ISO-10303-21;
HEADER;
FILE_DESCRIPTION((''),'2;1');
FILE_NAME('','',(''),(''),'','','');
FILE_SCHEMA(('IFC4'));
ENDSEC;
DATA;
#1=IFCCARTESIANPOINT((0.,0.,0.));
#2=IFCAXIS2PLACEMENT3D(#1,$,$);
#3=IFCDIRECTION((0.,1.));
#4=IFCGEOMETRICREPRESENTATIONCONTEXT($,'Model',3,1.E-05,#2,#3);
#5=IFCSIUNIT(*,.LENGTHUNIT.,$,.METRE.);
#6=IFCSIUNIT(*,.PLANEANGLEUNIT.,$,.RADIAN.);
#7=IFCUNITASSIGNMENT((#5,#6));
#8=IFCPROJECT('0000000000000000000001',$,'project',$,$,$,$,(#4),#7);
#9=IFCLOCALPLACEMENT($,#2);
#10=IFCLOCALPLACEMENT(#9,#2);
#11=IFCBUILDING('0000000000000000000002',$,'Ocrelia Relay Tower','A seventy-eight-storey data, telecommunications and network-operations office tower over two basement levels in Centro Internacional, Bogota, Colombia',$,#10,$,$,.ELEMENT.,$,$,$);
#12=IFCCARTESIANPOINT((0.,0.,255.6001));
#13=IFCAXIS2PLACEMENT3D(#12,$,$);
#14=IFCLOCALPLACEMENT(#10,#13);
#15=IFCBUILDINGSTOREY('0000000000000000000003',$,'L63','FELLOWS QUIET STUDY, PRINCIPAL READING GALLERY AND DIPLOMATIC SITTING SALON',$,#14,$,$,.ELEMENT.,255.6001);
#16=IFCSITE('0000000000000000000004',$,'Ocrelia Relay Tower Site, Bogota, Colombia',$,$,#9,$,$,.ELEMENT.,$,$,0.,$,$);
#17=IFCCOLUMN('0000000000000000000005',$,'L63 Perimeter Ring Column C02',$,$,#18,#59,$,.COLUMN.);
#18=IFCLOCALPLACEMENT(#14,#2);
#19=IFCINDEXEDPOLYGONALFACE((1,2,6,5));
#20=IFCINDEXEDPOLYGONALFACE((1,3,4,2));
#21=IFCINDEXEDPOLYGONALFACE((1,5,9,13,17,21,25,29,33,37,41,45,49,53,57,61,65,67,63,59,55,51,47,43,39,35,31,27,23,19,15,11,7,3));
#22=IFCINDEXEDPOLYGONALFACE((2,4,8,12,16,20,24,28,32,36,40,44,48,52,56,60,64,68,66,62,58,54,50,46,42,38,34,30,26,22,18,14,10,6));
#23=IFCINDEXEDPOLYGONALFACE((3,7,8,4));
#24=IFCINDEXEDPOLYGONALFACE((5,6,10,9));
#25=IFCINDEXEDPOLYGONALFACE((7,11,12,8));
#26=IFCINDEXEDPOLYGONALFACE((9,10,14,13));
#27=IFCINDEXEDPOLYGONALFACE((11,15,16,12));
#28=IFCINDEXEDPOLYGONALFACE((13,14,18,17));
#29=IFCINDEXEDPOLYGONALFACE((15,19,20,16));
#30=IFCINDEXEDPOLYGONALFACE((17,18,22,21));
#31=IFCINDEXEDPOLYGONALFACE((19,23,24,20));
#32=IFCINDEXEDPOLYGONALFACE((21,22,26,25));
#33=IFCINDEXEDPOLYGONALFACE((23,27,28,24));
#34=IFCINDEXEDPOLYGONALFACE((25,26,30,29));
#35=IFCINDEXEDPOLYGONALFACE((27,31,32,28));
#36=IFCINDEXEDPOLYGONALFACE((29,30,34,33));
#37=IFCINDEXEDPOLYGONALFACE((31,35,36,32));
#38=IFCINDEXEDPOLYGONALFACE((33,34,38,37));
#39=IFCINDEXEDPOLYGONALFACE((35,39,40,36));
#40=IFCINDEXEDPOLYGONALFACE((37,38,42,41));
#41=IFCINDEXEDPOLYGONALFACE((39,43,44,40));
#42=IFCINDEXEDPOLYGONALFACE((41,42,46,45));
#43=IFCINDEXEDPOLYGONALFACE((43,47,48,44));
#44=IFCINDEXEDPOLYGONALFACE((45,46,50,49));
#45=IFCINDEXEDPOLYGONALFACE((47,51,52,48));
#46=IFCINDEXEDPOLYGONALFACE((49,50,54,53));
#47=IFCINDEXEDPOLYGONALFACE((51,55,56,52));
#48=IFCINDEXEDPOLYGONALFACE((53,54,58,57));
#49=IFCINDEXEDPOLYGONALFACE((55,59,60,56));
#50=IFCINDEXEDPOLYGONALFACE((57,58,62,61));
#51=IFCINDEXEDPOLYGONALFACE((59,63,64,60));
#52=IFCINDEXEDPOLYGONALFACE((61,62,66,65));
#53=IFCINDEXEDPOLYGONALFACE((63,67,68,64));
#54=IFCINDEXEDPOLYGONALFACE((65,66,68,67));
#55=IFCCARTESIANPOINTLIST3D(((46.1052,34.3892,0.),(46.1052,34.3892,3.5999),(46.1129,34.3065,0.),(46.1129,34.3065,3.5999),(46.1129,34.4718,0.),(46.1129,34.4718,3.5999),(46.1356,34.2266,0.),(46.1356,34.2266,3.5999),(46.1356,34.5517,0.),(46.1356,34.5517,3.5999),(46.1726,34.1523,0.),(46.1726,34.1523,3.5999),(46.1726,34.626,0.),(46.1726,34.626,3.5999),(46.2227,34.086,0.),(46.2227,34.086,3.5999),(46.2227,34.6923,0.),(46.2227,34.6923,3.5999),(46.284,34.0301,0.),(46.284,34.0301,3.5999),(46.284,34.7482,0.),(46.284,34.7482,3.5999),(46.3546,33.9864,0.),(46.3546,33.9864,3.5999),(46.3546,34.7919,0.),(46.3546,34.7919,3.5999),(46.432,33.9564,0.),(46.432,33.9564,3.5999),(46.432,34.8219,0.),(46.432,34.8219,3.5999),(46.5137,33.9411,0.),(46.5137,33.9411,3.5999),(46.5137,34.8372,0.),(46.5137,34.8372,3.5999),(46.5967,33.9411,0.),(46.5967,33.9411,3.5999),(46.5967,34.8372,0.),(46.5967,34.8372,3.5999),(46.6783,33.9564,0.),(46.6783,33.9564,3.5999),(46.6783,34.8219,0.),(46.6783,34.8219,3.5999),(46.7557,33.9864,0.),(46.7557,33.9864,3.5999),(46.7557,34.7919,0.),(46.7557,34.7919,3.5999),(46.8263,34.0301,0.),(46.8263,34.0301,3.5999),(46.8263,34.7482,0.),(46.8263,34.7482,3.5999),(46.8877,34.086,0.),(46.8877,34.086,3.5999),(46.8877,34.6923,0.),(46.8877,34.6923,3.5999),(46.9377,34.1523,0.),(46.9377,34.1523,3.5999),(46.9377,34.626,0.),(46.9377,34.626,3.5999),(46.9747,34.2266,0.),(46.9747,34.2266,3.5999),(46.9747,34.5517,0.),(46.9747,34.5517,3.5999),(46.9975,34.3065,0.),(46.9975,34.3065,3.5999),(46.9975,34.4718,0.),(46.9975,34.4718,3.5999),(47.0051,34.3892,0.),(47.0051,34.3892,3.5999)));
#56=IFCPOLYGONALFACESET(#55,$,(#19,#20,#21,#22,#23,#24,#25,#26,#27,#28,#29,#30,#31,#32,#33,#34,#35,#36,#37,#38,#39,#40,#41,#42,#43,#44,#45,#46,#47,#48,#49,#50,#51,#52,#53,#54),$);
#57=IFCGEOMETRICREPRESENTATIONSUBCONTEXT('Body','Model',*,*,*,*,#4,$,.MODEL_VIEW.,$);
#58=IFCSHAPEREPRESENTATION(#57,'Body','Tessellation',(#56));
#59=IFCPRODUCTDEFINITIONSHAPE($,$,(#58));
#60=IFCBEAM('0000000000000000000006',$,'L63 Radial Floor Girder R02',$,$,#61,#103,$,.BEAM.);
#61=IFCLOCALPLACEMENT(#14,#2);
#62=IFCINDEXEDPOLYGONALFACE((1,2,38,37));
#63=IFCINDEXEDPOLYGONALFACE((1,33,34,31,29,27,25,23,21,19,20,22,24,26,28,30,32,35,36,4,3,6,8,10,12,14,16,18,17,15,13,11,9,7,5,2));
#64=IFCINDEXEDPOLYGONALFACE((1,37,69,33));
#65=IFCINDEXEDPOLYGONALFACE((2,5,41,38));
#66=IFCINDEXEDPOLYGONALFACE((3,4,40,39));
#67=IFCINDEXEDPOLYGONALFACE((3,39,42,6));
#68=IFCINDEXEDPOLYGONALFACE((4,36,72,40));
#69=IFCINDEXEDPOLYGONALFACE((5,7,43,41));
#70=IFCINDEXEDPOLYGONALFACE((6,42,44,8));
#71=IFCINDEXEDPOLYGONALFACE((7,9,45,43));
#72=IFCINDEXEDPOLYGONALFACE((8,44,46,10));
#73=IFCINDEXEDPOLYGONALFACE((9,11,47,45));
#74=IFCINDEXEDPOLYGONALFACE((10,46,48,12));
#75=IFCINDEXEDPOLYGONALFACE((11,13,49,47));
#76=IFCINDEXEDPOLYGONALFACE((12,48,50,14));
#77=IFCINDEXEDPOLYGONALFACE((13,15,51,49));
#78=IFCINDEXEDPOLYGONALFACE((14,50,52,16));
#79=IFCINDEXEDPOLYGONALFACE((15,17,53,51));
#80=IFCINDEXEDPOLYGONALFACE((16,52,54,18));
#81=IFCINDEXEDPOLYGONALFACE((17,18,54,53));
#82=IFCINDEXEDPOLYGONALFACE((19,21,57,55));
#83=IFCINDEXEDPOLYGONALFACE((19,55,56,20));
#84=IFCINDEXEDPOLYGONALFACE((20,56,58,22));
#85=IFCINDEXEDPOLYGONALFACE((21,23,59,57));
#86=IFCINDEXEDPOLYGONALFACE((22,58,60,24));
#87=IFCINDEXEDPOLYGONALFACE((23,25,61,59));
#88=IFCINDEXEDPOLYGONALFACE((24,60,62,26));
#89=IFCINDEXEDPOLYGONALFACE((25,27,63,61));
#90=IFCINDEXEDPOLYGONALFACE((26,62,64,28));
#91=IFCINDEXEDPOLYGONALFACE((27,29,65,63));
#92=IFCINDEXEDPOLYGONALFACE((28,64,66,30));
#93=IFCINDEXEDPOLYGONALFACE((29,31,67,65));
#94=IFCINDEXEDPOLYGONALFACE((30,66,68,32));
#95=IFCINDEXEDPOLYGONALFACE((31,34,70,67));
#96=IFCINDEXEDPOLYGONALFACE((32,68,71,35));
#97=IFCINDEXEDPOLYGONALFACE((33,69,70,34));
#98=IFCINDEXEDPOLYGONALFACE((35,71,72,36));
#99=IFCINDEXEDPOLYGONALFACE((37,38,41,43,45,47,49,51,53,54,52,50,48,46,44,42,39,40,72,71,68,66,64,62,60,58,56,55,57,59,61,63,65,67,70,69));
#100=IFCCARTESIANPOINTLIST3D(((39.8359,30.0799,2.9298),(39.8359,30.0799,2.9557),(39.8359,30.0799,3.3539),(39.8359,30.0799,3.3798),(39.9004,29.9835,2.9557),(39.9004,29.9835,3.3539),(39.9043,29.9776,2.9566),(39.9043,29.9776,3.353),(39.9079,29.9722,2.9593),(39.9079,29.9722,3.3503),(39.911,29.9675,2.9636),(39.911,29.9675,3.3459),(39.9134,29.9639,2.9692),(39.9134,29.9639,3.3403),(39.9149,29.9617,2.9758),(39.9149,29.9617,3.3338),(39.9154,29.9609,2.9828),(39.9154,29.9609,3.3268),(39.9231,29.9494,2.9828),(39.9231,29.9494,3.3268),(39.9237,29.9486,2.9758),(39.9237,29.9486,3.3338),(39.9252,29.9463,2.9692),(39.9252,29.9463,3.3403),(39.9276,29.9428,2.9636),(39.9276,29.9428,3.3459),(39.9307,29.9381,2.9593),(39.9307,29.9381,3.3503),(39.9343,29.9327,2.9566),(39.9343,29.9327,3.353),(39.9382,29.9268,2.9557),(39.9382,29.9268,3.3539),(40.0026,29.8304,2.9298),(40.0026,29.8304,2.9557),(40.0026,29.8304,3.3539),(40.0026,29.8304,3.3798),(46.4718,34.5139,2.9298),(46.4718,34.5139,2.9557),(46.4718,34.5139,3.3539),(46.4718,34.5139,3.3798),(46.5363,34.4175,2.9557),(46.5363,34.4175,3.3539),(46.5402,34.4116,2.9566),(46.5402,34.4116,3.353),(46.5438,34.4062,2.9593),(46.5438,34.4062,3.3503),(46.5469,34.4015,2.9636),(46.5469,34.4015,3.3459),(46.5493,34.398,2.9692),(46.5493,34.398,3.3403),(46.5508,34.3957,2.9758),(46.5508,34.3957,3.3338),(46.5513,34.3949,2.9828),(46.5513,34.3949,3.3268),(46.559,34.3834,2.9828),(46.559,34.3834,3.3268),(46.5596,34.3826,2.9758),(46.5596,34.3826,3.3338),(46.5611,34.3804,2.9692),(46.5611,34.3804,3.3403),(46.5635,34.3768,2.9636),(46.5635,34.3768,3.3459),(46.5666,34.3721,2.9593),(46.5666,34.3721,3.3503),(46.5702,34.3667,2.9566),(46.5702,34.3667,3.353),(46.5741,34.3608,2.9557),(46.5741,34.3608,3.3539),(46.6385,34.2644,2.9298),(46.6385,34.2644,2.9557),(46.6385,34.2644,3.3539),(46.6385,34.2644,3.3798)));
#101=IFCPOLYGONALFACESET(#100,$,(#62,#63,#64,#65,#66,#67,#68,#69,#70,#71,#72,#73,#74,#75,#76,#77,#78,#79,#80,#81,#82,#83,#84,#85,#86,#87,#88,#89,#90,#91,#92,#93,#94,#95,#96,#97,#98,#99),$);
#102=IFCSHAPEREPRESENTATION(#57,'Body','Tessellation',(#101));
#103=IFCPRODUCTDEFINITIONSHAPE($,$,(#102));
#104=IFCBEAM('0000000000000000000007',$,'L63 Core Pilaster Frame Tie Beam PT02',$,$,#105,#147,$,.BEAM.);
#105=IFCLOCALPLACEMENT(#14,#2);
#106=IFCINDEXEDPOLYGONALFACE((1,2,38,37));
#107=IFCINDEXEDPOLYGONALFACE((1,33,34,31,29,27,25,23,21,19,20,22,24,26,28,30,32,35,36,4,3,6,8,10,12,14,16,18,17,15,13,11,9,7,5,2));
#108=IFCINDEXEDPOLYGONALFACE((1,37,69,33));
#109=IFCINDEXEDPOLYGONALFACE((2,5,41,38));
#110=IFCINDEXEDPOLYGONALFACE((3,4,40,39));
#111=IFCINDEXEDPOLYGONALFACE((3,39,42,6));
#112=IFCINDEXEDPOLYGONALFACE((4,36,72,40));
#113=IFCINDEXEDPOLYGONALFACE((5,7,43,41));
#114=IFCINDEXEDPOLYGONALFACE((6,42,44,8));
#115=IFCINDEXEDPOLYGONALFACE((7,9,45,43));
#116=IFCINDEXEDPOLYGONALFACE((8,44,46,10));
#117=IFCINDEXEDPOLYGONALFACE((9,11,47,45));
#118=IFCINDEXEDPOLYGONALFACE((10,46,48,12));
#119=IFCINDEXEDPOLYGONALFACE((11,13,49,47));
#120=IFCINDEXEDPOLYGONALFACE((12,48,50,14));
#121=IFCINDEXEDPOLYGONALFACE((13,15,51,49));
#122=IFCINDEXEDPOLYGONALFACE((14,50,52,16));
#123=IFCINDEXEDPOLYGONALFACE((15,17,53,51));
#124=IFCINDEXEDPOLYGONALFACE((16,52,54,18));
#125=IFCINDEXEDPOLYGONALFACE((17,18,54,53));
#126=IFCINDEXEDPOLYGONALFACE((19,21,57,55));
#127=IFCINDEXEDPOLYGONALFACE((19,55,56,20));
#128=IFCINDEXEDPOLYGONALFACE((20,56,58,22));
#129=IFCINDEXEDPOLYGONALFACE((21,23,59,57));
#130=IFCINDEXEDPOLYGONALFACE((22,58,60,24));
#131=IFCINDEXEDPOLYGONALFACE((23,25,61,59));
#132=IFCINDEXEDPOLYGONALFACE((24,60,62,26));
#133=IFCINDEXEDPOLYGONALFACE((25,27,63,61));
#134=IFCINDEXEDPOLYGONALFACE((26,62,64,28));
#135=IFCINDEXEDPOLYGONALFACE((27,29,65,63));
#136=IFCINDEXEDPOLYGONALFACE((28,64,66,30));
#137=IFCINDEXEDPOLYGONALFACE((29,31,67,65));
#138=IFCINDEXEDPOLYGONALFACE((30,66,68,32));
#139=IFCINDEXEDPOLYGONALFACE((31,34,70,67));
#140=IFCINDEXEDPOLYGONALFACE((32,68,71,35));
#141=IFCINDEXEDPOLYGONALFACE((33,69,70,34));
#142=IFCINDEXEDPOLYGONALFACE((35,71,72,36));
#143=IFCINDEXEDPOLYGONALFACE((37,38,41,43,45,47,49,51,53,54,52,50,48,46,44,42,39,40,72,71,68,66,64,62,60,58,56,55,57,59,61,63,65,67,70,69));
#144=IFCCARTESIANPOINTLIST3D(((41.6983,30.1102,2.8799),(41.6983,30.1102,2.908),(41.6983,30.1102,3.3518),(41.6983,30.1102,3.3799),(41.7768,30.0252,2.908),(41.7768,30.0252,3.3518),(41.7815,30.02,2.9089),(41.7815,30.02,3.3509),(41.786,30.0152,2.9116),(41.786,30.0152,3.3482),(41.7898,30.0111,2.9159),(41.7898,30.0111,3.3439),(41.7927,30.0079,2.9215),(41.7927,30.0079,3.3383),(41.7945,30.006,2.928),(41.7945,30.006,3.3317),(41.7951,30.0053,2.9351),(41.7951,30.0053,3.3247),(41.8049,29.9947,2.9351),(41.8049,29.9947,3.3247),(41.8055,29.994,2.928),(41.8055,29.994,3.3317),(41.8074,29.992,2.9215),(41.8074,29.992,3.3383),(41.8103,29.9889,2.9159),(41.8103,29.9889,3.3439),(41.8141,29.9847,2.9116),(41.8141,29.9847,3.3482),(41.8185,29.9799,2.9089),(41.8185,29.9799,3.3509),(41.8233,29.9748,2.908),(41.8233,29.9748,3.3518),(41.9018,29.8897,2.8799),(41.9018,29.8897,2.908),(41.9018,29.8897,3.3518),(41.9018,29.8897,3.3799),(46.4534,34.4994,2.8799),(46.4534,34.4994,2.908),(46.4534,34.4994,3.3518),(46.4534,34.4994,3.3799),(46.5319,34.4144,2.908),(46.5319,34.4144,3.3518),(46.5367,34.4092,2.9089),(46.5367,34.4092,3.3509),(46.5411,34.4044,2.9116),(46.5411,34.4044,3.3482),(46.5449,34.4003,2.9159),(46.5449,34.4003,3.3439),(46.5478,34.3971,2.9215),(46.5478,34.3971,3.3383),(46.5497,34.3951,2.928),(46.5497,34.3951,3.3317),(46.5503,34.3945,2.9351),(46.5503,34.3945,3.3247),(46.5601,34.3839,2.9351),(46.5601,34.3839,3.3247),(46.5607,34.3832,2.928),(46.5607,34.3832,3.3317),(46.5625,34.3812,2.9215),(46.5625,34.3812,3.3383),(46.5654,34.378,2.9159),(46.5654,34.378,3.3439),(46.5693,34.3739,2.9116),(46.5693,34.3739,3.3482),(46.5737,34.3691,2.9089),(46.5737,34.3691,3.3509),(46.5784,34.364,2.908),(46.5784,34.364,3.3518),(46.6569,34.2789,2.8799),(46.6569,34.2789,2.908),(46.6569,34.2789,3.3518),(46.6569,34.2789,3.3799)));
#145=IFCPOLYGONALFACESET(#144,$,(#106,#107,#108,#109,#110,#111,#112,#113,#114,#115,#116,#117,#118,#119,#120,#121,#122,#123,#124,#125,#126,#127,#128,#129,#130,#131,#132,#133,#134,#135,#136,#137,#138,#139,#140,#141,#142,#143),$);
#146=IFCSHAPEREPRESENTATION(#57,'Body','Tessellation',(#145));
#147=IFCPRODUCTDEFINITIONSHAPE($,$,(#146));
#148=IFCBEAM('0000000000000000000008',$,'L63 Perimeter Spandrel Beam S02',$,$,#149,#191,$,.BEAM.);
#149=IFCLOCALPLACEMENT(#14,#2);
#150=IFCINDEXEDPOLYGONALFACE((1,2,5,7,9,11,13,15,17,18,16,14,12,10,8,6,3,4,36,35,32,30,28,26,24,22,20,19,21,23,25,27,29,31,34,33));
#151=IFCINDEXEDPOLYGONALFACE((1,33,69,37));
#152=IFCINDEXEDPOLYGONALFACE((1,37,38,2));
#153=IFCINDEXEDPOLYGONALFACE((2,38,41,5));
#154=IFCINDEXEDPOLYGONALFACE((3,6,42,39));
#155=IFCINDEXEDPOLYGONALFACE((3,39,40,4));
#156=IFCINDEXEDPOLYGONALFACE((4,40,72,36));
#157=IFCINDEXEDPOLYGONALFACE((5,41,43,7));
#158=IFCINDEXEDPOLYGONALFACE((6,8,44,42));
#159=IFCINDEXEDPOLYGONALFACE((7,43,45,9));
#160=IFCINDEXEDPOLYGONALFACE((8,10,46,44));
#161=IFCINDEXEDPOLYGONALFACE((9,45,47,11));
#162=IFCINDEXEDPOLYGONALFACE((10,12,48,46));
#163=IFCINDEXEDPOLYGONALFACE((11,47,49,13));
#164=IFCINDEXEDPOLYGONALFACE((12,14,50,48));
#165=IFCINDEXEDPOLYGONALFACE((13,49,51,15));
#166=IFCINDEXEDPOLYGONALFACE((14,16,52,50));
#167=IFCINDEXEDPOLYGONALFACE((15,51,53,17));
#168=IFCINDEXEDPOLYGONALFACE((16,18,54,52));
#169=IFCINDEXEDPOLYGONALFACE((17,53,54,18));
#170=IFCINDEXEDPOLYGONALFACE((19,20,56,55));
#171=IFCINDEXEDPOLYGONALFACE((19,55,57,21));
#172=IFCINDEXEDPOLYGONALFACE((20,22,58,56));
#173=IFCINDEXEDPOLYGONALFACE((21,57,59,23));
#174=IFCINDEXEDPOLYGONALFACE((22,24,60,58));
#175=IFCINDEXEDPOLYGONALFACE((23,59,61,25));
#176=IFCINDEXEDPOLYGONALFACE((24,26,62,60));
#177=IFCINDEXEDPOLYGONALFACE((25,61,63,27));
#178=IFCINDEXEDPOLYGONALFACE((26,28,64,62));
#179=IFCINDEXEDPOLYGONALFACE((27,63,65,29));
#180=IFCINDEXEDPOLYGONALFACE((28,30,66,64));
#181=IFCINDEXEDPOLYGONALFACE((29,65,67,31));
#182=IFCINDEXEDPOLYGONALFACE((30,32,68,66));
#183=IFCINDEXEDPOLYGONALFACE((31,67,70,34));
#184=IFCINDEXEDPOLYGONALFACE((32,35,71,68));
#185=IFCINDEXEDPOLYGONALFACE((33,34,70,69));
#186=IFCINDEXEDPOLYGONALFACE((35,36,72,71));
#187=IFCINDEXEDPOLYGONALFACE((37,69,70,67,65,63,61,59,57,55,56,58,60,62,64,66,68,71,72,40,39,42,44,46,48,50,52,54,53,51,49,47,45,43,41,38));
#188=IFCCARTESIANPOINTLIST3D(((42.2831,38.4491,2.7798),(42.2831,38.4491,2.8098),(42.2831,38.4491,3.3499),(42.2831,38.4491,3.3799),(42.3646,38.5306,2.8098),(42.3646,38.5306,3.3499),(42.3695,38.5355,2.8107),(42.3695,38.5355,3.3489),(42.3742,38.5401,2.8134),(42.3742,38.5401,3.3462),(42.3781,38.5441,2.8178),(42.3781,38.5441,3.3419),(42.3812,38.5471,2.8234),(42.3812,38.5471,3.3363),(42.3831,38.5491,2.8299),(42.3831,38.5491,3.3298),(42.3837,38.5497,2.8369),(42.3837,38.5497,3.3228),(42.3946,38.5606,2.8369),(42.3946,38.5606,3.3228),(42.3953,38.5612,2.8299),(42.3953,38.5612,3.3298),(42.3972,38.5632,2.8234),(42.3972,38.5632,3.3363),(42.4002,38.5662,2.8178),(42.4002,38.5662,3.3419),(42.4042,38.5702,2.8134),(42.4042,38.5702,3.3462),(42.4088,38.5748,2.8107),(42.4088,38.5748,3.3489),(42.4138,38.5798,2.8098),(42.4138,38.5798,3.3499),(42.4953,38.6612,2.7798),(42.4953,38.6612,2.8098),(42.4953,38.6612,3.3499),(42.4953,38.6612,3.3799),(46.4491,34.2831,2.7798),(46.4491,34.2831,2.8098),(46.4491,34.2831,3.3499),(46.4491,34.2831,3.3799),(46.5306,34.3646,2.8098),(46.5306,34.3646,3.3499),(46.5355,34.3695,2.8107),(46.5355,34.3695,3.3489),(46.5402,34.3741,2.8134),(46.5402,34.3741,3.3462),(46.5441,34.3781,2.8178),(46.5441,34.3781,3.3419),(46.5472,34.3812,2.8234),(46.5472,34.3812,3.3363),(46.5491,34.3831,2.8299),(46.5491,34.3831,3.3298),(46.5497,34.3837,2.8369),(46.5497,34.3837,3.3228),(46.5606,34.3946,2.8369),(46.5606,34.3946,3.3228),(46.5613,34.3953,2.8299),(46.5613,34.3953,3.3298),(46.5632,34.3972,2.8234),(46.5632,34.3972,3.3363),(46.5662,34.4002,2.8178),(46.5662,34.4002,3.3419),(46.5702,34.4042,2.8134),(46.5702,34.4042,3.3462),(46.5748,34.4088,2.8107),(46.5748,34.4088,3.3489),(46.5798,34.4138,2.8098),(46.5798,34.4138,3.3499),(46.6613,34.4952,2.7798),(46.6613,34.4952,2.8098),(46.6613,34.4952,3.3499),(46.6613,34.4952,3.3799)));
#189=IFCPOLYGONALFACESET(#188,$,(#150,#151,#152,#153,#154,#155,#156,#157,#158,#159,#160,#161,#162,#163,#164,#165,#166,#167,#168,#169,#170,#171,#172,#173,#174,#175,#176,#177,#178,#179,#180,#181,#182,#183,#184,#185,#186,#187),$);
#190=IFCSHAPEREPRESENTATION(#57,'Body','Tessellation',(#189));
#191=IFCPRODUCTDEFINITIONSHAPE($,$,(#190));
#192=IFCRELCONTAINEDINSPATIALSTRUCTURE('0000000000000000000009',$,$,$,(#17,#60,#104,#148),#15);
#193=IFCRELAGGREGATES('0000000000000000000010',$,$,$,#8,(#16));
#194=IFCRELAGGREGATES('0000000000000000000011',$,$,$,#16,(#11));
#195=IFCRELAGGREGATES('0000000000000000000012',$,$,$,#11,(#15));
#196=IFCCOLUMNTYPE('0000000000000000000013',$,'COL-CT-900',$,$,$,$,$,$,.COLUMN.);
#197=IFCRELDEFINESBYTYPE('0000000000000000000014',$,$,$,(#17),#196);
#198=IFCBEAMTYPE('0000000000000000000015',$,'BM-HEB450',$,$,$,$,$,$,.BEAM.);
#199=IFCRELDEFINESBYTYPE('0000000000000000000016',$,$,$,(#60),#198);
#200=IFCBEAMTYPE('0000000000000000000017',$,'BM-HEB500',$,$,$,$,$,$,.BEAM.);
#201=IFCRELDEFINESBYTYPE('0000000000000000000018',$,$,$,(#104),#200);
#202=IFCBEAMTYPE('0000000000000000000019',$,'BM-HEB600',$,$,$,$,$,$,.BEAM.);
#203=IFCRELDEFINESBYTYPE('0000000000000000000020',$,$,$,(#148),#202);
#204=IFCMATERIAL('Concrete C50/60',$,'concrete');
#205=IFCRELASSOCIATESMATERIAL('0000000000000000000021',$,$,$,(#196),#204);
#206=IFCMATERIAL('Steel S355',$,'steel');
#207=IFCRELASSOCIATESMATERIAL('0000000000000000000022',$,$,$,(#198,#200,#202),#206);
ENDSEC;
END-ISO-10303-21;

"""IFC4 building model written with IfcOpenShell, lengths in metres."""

from ifc_helpers import new_model, si_unit, direction, frame, origin, origin_2d, place, context, subcontext, project, spatial, circle, i_section, extrude, material, material_profile, profile_set, type_object, element, save


model = new_model("IFC4")

# Units and contexts
model_context = context("Model", 3, precision=1e-05, world=origin(), true_north=direction((0.0, 1.0)))
body_context = subcontext(model_context, "Body", "Model", "MODEL_VIEW")
ifc_project = project(units=[si_unit("LENGTHUNIT", "METRE"), si_unit("PLANEANGLEUNIT", "RADIAN")], contexts=[model_context])

# Site, building, storey
site_placement = place(None, origin())
site = spatial("IfcSite", under=ifc_project, at=site_placement, Name="Ocrelia Relay Tower Site, Bogota, Colombia", CompositionType="ELEMENT", RefElevation=0.0)
building_placement = place(site_placement, origin())
building = spatial("IfcBuilding", under=site, at=building_placement, Name="Ocrelia Relay Tower", Description="A seventy-eight-storey data, telecommunications and network-operations office tower over two basement levels in Centro Internacional, Bogota, Colombia", CompositionType="ELEMENT")
storey_placement = place(building_placement, frame((0.0, 0.0, 255.6001)))
storey = spatial("IfcBuildingStorey", under=building, at=storey_placement, Name="L63", Description="FELLOWS QUIET STUDY, PRINCIPAL READING GALLERY AND DIPLOMATIC SITTING SALON", CompositionType="ELEMENT", Elevation=255.6001)

# Column
ifc_material_1 = material(Name="Concrete C50/60", Category="concrete")
ifc_material_profile_1 = material_profile(ifc_material_1, circle(Radius=0.45, at=origin_2d()), Name="RC-CIR-900")
ifc_profile_set_1 = profile_set([ifc_material_profile_1], Name="Concrete C50/60")
column_type = type_object("IfcColumnType", Name="COL-CT-900", PredefinedType="COLUMN", material=ifc_profile_set_1)
column_placement = place(storey_placement, frame((46.5552, 34.3892, 0.0), z_axis=(0.0, 0.0, 1.0), x_axis=(1.0, 0.0, 0.0)))
element("IfcColumn", 1, at=column_placement, inside=storey, type_object=column_type, Name="L63 Perimeter Ring Column C02", PredefinedType="COLUMN", context=body_context, shape_type="SweptSolid", body=[
    extrude(circle(Radius=0.45, at=origin_2d()), origin(), (0.0, 0.0, 1.0), 3.5999),
])

# Beams
ifc_material_2 = material(Name="Steel S355", Category="steel")
ifc_material_profile_2 = material_profile(ifc_material_2, i_section(OverallWidth=0.3, OverallDepth=0.45, WebThickness=0.0139, FlangeThickness=0.0259, FilletRadius=0.0271, at=origin_2d()), Name="HEB 450")
ifc_profile_set_2 = profile_set([ifc_material_profile_2], Name="Steel S355")
beam_type_1 = type_object("IfcBeamType", Name="BM-HEB450", PredefinedType="BEAM", material=ifc_profile_set_2)
beam_1_placement = place(storey_placement, frame((46.5552, 34.3892, 3.1548), z_axis=(-0.831466, -0.555575, 0.0), x_axis=(0.555575, -0.831466, 0.0)))
element("IfcBeam", 2, at=beam_1_placement, inside=storey, type_object=beam_type_1, Name="L63 Radial Floor Girder R02", PredefinedType="BEAM", context=body_context, shape_type="SweptSolid", body=[
    extrude(i_section(OverallWidth=0.3, OverallDepth=0.45, WebThickness=0.0139, FlangeThickness=0.0259, FilletRadius=0.0271, at=origin_2d()), origin(), (0.0, 0.0, 1.0), 7.981),
])
ifc_material_profile_3 = material_profile(ifc_material_2, i_section(OverallWidth=0.3, OverallDepth=0.5, WebThickness=0.0144, FlangeThickness=0.0281, FilletRadius=0.0271, at=origin_2d()), Name="HEB 500")
ifc_profile_set_3 = profile_set([ifc_material_profile_3], Name="Steel S355")
beam_type_2 = type_object("IfcBeamType", Name="BM-HEB500", PredefinedType="BEAM", material=ifc_profile_set_3)
beam_2_placement = place(storey_placement, frame((46.5552, 34.3892, 3.1299), z_axis=(-0.734818, -0.678264, 0.0), x_axis=(0.678264, -0.734818, 0.0)))
element("IfcBeam", 3, at=beam_2_placement, inside=storey, type_object=beam_type_2, Name="L63 Core Pilaster Frame Tie Beam PT02", PredefinedType="BEAM", context=body_context, shape_type="SweptSolid", body=[
    extrude(i_section(OverallWidth=0.3, OverallDepth=0.5, WebThickness=0.0144, FlangeThickness=0.0281, FilletRadius=0.0271, at=origin_2d()), origin(), (0.0, 0.0, 1.0), 6.4712),
])
ifc_material_profile_4 = material_profile(ifc_material_2, i_section(OverallWidth=0.3, OverallDepth=0.6001, WebThickness=0.0154, FlangeThickness=0.03, FilletRadius=0.0271, at=origin_2d()), Name="HEB 600")
ifc_profile_set_4 = profile_set([ifc_material_profile_4], Name="Steel S355")
beam_type_3 = type_object("IfcBeamType", Name="BM-HEB600", PredefinedType="BEAM", material=ifc_profile_set_4)
beam_3_placement = place(storey_placement, frame((46.5552, 34.3892, 3.0798), z_axis=(-0.707107, 0.707107, 0.0), x_axis=(-0.707107, -0.707107, 0.0)))
element("IfcBeam", 4, at=beam_3_placement, inside=storey, type_object=beam_type_3, Name="L63 Perimeter Spandrel Beam S02", PredefinedType="BEAM", context=body_context, shape_type="SweptSolid", body=[
    extrude(i_section(OverallWidth=0.3, OverallDepth=0.6001, WebThickness=0.0154, FlangeThickness=0.03, FilletRadius=0.0271, at=origin_2d()), origin(), (0.0, 0.0, 1.0), 5.8916),
])

save(model, "model.ifc")
